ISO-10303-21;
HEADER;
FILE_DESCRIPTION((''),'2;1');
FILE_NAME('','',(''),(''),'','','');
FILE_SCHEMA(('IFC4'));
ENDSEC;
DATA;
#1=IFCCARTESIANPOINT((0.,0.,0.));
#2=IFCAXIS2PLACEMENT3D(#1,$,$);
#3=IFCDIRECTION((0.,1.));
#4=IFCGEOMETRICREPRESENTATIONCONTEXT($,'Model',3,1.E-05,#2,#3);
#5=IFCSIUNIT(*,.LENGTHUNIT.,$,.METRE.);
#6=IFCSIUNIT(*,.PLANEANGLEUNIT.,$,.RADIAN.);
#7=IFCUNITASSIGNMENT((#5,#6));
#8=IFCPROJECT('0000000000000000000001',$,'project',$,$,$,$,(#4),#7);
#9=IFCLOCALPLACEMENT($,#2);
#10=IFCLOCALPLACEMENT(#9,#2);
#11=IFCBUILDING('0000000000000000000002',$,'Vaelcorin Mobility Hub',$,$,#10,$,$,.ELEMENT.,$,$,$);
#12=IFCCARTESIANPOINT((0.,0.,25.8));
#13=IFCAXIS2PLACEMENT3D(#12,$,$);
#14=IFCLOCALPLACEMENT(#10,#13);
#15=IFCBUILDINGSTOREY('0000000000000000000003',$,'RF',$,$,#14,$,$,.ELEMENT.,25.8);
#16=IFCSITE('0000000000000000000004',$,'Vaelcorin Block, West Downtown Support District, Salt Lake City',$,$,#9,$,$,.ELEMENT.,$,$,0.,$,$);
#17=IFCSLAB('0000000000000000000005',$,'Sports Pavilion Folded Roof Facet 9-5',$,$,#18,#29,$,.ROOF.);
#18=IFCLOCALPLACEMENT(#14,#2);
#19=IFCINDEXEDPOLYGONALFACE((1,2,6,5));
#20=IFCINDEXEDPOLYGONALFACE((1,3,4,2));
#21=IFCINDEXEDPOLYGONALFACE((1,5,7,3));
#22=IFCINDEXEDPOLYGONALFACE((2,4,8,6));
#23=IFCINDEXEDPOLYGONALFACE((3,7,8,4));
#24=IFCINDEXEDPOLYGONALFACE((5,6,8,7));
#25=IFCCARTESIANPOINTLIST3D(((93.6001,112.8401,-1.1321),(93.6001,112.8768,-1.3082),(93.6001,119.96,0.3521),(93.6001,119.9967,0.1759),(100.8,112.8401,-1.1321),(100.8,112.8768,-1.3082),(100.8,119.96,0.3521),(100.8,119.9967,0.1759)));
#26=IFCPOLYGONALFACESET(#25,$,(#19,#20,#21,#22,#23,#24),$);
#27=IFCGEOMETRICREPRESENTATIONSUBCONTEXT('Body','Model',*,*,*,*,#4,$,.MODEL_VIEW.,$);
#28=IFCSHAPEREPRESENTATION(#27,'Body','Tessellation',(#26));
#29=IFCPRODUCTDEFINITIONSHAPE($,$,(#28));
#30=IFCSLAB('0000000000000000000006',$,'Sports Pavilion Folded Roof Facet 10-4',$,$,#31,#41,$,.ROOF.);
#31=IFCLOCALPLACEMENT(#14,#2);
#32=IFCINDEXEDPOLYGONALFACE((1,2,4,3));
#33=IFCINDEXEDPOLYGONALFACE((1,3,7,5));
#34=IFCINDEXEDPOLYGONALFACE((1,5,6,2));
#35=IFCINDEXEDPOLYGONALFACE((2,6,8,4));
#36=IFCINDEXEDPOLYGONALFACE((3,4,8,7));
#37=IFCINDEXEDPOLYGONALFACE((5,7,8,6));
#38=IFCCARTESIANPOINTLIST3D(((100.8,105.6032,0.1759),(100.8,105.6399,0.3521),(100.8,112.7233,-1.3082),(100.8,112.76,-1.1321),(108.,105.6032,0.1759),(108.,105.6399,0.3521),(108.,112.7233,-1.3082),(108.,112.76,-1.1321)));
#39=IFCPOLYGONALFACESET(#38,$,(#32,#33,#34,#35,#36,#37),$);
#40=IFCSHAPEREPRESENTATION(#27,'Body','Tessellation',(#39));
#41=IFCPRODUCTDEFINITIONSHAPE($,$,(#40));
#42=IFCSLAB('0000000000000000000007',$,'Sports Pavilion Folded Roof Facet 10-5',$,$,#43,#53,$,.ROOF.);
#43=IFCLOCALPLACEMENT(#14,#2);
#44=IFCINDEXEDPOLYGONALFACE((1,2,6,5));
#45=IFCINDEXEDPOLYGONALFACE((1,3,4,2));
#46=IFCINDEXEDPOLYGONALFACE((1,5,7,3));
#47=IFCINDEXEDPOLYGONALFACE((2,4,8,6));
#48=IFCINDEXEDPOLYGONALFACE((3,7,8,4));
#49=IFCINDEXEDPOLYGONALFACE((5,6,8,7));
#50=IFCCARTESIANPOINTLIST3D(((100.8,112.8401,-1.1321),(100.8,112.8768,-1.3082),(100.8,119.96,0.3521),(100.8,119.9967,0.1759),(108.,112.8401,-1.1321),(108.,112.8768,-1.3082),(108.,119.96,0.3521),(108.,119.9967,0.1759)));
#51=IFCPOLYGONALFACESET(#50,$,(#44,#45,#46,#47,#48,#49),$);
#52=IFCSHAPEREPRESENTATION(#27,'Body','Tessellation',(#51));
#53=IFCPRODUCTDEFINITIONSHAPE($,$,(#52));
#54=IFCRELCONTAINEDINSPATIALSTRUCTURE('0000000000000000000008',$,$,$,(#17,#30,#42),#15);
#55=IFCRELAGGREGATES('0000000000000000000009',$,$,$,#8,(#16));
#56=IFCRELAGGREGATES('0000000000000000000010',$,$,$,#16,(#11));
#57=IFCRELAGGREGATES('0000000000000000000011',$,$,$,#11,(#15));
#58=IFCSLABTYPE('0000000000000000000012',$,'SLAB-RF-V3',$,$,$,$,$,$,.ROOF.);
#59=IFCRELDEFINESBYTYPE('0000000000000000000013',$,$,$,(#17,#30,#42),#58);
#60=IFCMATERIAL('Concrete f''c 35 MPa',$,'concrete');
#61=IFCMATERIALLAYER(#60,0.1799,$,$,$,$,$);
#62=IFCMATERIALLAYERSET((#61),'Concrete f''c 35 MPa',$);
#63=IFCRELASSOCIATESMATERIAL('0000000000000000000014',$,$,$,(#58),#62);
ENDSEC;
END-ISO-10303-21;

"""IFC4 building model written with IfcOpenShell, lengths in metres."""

from ifc_helpers import new_model, si_unit, direction, frame, origin, place, context, subcontext, project, spatial, polyline, outline, extrude, material, layer, layer_set, type_object, element, save


model = new_model("IFC4")

# Units and contexts
model_context = context("Model", 3, precision=1e-05, world=origin(), true_north=direction((0.0, 1.0)))
body_context = subcontext(model_context, "Body", "Model", "MODEL_VIEW")
ifc_project = project(units=[si_unit("LENGTHUNIT", "METRE"), si_unit("PLANEANGLEUNIT", "RADIAN")], contexts=[model_context])

# Site, building, storey
site_placement = place(None, origin())
site = spatial("IfcSite", under=ifc_project, at=site_placement, Name="Vaelcorin Block, West Downtown Support District, Salt Lake City", CompositionType="ELEMENT", RefElevation=0.0)
building_placement = place(site_placement, origin())
building = spatial("IfcBuilding", under=site, at=building_placement, Name="Vaelcorin Mobility Hub", CompositionType="ELEMENT")
storey_placement = place(building_placement, frame((0.0, 0.0, 25.8)))
storey = spatial("IfcBuildingStorey", under=building, at=storey_placement, Name="RF", CompositionType="ELEMENT", Elevation=25.8)

# Slabs
ifc_material_1 = material(Name="Concrete f'c 35 MPa", Category="concrete")
ifc_layer_1 = layer(ifc_material_1, 0.1799)
ifc_layer_set_1 = layer_set([ifc_layer_1], Name="Concrete f'c 35 MPa")
slab_type = type_object("IfcSlabType", Name="SLAB-RF-V3", PredefinedType="ROOF", material=ifc_layer_set_1)
slab_1_placement = place(storey_placement, frame((93.6001, 112.8401, -1.1321), z_axis=(0.0, -0.204063, 0.978958), x_axis=(1.0, 0.0, 0.0)))
element("IfcSlab", 1, at=slab_1_placement, inside=storey, type_object=slab_type, Name="Sports Pavilion Folded Roof Facet 9-5", PredefinedType="ROOF", context=body_context, shape_type="SweptSolid", body=[
    extrude(outline(polyline([(0.0, 0.0), (7.2, 0.0), (7.2, 7.2729), (0.0, 7.2729), (0.0, 0.0)])), origin(), (0.0, 0.0, -1.0), 0.1799),
])
slab_2_placement = place(storey_placement, frame((100.8, 105.6399, 0.3521), z_axis=(0.0, 0.204056, 0.978959), x_axis=(1.0, 0.0, 0.0)))
element("IfcSlab", 2, at=slab_2_placement, inside=storey, type_object=slab_type, Name="Sports Pavilion Folded Roof Facet 10-4", PredefinedType="ROOF", context=body_context, shape_type="SweptSolid", body=[
    extrude(outline(polyline([(0.0, 0.0), (7.2, 0.0), (7.2, 7.2732), (0.0, 7.2732), (0.0, 0.0)])), origin(), (0.0, 0.0, -1.0), 0.1799),
])
slab_3_placement = place(storey_placement, frame((100.8, 112.8401, -1.1321), z_axis=(0.0, -0.204063, 0.978958), x_axis=(1.0, 0.0, 0.0)))
element("IfcSlab", 3, at=slab_3_placement, inside=storey, type_object=slab_type, Name="Sports Pavilion Folded Roof Facet 10-5", PredefinedType="ROOF", context=body_context, shape_type="SweptSolid", body=[
    extrude(outline(polyline([(0.0, 0.0), (7.2, 0.0), (7.2, 7.2729), (0.0, 7.2729), (0.0, 0.0)])), origin(), (0.0, 0.0, -1.0), 0.1799),
])

save(model, "model.ifc")
